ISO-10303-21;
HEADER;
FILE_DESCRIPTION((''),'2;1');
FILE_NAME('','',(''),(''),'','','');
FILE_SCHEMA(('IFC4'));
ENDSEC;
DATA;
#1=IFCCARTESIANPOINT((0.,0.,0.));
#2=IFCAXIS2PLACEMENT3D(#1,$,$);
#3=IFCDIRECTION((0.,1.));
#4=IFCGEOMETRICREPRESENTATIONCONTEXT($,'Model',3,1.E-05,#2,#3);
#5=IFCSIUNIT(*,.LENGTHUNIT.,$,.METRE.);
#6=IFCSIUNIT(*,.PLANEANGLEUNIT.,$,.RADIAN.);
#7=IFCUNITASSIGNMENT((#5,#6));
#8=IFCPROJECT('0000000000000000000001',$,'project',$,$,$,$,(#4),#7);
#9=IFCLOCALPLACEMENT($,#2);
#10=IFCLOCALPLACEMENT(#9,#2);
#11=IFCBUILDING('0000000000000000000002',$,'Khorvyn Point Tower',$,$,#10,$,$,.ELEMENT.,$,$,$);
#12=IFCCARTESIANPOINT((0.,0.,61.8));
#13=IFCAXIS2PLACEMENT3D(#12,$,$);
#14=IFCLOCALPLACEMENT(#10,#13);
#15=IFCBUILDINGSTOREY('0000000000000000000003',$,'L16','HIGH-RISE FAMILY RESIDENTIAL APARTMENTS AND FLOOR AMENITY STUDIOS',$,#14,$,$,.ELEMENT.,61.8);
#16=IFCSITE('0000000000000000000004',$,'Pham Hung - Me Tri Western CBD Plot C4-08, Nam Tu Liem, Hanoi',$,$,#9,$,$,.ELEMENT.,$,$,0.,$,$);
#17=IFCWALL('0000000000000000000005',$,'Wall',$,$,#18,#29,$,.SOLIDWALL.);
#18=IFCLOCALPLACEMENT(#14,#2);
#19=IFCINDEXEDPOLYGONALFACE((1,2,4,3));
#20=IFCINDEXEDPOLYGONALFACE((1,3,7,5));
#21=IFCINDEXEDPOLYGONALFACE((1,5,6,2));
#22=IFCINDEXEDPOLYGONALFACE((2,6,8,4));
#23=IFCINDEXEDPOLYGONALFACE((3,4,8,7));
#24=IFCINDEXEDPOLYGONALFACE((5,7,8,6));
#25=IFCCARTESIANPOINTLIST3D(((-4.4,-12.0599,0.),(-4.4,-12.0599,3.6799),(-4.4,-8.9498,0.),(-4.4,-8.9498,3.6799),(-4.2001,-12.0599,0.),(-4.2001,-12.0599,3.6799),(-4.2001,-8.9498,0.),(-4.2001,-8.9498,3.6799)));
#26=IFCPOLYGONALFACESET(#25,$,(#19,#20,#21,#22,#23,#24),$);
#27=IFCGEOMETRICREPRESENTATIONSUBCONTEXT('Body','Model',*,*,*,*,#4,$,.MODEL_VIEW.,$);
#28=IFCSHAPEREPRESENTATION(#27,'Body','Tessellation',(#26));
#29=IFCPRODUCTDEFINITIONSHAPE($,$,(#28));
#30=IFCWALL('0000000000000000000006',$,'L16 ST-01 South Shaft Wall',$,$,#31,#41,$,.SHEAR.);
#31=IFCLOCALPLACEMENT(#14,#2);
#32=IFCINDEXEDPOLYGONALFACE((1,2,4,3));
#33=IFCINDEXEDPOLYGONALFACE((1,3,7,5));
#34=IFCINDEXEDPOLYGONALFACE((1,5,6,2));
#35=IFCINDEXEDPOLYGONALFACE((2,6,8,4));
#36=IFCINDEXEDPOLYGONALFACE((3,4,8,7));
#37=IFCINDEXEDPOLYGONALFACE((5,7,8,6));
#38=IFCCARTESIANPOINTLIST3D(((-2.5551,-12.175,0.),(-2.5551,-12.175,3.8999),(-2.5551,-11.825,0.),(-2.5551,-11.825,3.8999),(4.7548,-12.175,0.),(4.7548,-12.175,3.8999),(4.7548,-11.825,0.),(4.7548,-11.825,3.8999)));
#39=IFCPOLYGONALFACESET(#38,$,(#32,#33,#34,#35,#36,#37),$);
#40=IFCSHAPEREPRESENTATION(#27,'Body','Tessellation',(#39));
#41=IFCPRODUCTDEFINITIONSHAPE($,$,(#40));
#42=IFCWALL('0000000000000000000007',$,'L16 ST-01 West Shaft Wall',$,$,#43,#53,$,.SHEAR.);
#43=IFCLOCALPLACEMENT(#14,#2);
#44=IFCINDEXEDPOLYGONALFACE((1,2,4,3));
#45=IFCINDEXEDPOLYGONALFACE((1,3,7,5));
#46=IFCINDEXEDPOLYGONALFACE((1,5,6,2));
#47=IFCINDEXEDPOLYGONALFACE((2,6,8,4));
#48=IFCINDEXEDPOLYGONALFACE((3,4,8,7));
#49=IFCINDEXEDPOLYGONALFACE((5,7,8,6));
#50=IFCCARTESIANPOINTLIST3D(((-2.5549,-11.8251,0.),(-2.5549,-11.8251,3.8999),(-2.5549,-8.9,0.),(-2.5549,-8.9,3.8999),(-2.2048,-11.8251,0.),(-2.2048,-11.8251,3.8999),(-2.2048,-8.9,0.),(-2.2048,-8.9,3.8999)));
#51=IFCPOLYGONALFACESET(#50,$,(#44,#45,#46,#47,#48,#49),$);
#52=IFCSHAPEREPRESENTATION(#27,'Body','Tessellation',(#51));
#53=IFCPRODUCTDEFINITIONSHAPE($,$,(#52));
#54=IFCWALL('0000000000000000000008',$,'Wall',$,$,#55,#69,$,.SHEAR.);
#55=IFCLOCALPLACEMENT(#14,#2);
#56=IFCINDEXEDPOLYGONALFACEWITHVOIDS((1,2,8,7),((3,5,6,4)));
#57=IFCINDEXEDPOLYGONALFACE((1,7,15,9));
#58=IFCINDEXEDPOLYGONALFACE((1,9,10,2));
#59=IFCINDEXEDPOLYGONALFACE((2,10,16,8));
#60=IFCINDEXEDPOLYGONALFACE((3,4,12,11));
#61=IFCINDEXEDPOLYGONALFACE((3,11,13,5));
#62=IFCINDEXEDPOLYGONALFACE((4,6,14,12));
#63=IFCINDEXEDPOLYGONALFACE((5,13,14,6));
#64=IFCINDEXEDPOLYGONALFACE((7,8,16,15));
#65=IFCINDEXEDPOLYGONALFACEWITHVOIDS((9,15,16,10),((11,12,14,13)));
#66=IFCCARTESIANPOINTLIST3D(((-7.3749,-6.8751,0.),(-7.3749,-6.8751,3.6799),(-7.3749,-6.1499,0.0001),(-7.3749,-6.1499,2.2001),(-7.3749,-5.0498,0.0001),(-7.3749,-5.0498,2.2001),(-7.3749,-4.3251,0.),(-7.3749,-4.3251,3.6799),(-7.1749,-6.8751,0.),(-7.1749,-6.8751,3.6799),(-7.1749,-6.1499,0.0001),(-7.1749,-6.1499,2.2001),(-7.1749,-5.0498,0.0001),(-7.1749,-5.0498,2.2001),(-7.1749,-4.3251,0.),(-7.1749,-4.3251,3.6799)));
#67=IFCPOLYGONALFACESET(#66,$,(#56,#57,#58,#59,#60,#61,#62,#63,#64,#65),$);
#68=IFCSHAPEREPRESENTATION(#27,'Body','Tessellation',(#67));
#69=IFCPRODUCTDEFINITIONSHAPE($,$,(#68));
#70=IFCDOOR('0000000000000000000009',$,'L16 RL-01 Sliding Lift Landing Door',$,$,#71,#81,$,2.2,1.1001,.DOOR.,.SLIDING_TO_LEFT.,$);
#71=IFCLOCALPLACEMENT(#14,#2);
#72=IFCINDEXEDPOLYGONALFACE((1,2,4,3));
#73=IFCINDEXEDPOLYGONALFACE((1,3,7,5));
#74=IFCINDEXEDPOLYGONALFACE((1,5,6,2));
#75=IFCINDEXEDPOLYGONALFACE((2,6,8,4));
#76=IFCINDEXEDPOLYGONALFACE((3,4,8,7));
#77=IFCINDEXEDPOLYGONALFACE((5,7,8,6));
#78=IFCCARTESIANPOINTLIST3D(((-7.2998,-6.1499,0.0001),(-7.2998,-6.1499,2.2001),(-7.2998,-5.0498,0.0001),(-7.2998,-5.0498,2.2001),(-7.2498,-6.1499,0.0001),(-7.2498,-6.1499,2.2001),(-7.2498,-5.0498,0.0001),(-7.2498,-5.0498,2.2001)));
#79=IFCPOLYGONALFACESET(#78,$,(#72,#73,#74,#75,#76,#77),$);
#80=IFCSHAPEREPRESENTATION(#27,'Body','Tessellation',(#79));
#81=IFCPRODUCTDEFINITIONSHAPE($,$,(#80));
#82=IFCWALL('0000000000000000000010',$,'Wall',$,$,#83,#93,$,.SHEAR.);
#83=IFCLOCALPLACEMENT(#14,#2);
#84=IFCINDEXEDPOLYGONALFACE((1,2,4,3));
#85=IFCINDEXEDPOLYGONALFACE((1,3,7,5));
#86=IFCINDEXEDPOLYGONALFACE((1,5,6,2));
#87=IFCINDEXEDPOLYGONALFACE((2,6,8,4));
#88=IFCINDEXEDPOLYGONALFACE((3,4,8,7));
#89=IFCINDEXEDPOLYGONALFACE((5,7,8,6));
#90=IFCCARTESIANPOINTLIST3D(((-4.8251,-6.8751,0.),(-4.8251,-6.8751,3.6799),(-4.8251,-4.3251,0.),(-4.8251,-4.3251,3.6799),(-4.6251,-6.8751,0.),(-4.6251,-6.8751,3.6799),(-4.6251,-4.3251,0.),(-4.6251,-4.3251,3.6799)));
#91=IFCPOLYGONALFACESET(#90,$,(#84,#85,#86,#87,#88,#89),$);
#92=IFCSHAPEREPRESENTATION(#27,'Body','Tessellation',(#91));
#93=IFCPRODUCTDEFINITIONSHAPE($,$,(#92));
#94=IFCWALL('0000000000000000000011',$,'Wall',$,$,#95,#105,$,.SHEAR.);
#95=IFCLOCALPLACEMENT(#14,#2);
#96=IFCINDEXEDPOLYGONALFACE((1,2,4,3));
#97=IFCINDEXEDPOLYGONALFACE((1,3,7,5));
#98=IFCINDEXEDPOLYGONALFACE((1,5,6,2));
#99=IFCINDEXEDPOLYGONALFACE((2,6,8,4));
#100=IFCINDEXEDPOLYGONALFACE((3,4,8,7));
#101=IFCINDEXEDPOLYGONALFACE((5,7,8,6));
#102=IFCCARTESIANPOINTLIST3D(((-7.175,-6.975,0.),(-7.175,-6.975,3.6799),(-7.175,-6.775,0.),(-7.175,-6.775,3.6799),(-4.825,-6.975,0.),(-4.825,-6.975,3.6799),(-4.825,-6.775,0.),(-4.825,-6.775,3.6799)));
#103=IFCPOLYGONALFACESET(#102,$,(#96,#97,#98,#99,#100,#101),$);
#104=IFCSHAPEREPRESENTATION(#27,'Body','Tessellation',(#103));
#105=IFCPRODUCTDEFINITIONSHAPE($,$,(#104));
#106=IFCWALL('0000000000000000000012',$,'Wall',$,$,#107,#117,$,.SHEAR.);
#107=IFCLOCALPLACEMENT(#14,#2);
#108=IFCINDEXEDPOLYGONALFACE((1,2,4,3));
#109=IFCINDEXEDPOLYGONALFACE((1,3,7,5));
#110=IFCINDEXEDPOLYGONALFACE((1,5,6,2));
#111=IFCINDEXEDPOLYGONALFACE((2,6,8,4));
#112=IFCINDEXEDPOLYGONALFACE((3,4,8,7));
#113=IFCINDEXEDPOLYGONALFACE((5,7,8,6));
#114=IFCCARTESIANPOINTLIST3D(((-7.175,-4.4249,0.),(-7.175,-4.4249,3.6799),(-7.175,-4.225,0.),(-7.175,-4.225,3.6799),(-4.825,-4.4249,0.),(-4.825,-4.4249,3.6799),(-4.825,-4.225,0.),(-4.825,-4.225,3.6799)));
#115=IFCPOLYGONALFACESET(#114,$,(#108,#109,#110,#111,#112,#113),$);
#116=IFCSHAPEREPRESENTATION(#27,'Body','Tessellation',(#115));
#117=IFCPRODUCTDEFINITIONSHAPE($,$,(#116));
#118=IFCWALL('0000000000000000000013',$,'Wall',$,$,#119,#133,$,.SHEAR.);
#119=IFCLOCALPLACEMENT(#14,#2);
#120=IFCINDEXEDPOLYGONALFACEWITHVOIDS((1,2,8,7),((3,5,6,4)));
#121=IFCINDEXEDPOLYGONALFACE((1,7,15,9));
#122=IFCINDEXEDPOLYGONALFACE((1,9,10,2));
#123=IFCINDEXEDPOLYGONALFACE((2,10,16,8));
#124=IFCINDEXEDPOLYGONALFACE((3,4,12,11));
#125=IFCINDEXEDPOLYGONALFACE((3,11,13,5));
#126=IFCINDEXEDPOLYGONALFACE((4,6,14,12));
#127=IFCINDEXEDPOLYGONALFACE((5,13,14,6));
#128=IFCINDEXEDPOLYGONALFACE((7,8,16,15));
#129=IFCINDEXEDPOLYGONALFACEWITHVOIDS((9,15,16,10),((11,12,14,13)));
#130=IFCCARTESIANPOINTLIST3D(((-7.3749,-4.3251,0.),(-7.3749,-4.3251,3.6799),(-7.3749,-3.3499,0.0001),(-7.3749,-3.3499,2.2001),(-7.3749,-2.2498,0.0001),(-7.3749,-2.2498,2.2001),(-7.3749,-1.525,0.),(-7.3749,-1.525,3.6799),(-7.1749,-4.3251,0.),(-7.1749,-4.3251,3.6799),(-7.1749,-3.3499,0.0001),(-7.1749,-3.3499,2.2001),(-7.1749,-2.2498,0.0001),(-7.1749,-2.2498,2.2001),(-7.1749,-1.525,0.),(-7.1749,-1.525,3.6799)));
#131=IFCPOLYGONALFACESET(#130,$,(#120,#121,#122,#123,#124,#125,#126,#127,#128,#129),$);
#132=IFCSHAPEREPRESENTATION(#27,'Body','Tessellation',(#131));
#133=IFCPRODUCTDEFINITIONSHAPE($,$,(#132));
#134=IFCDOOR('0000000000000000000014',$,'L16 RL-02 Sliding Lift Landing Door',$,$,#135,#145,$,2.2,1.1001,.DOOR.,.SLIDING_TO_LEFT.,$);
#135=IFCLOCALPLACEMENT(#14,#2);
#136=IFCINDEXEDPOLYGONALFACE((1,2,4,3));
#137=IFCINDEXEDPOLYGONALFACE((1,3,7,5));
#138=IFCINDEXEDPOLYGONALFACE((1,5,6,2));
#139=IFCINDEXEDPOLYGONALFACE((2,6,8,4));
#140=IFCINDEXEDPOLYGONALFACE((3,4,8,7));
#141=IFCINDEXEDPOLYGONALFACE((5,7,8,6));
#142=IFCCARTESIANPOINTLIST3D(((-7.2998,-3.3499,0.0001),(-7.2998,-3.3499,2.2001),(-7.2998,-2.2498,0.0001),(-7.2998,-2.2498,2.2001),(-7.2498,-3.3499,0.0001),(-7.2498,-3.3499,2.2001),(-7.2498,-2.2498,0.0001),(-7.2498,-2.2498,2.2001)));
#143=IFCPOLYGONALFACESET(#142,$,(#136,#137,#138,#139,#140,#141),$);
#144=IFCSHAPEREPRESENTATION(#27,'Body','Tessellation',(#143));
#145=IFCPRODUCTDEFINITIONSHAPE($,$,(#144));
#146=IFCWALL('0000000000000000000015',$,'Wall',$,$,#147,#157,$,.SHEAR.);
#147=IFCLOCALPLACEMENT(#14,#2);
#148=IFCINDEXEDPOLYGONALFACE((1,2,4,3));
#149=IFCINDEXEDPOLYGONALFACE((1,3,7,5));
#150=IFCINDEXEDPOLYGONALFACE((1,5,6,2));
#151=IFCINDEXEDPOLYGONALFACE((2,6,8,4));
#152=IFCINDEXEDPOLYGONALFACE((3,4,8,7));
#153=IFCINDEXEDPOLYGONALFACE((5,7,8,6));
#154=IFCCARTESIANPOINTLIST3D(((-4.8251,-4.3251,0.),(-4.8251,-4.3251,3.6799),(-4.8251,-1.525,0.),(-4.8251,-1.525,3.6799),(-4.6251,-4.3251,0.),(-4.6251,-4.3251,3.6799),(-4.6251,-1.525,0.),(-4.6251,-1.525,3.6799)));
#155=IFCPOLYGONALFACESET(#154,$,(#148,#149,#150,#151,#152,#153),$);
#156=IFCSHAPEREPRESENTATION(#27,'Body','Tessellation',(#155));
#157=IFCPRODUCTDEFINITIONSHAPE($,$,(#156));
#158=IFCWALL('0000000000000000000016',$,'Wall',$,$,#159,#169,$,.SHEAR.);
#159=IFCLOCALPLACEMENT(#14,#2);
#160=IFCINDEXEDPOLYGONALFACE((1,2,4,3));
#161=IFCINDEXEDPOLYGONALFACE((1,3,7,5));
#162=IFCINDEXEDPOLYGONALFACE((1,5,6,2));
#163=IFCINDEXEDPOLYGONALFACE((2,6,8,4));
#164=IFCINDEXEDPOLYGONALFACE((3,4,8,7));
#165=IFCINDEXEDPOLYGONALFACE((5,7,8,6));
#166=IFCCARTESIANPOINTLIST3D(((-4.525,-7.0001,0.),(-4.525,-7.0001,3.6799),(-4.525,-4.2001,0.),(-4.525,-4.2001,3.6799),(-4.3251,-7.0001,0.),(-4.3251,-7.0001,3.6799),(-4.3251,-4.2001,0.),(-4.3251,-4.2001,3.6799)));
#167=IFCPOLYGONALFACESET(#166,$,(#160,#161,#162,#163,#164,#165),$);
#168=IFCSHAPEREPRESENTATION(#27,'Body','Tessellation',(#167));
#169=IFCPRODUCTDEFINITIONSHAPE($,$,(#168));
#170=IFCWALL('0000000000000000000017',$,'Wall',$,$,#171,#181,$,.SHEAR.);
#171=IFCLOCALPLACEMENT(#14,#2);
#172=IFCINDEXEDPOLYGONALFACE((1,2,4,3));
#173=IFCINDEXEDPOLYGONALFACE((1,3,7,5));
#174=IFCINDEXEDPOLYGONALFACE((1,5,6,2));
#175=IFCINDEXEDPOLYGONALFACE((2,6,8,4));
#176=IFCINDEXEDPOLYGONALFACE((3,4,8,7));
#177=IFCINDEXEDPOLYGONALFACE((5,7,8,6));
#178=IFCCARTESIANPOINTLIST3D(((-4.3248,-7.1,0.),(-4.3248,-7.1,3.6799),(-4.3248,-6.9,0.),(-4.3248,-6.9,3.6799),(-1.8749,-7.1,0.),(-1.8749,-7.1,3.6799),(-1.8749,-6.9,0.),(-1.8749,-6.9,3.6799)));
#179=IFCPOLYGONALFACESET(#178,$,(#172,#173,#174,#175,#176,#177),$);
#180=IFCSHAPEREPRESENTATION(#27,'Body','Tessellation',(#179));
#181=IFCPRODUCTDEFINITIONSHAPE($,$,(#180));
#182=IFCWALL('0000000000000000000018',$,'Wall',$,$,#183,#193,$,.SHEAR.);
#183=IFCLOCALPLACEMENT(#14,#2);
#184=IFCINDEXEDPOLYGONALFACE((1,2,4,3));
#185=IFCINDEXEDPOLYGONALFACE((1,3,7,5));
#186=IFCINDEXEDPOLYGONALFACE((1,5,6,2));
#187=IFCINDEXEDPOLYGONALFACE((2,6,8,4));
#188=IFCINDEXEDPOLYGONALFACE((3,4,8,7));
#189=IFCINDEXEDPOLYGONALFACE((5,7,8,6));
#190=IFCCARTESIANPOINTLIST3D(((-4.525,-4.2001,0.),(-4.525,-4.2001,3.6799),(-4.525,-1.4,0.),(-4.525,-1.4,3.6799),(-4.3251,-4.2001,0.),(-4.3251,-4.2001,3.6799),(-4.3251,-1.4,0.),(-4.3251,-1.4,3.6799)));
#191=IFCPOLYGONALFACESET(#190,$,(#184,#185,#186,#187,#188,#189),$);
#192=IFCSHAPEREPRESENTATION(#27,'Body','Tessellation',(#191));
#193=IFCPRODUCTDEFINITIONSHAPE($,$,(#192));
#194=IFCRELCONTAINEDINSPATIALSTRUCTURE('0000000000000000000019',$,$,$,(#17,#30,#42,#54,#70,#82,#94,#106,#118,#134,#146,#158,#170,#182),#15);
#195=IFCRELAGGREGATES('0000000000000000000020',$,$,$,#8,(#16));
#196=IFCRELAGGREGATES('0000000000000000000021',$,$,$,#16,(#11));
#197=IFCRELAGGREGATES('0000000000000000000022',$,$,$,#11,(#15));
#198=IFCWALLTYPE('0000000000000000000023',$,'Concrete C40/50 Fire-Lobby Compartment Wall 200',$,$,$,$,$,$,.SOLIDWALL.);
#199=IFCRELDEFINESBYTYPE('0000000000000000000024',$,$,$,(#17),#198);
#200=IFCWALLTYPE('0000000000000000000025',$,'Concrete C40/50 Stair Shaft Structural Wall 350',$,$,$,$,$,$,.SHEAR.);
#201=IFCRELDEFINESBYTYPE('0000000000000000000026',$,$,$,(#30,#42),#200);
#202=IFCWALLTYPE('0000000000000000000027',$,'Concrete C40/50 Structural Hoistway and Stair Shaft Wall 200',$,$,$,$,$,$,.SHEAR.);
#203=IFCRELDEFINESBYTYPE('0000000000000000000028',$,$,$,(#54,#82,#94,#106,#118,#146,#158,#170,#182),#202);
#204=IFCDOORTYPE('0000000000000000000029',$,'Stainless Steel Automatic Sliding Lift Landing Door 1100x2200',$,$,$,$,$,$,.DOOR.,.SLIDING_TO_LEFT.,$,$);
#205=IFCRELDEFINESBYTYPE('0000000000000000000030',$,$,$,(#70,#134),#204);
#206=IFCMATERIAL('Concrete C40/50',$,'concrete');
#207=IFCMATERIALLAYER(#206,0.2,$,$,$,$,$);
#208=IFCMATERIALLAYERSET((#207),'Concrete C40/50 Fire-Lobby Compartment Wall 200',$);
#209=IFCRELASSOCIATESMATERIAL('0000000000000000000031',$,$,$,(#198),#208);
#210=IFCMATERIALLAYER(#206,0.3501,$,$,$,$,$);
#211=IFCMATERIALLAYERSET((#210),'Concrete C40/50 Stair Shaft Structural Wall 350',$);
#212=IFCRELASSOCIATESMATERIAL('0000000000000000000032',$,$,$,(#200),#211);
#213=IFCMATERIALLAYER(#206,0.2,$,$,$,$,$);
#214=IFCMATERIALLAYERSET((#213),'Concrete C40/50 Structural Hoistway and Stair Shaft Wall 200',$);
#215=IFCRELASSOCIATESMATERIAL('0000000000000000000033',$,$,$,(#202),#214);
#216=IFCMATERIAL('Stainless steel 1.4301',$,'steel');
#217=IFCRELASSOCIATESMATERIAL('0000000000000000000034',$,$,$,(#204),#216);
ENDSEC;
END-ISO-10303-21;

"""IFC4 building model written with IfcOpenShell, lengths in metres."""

from ifc_helpers import new_model, si_unit, direction, frame, frame_2d, origin, place, context, subcontext, project, spatial, rectangle, extrude, material, layer, layer_set, type_object, element, fill, save


model = new_model("IFC4")

# Units and contexts
model_context = context("Model", 3, precision=1e-05, world=origin(), true_north=direction((0.0, 1.0)))
body_context = subcontext(model_context, "Body", "Model", "MODEL_VIEW")
ifc_project = project(units=[si_unit("LENGTHUNIT", "METRE"), si_unit("PLANEANGLEUNIT", "RADIAN")], contexts=[model_context])

# Site, building, storey
site_placement = place(None, origin())
site = spatial("IfcSite", under=ifc_project, at=site_placement, Name="Pham Hung - Me Tri Western CBD Plot C4-08, Nam Tu Liem, Hanoi", CompositionType="ELEMENT", RefElevation=0.0)
building_placement = place(site_placement, origin())
building = spatial("IfcBuilding", under=site, at=building_placement, Name="Khorvyn Point Tower", CompositionType="ELEMENT")
storey_placement = place(building_placement, frame((0.0, 0.0, 61.8)))
storey = spatial("IfcBuildingStorey", under=building, at=storey_placement, Name="L16", Description="HIGH-RISE FAMILY RESIDENTIAL APARTMENTS AND FLOOR AMENITY STUDIOS", CompositionType="ELEMENT", Elevation=61.8)

# Shared definitions
ifc_material_1 = material(Name="Concrete C40/50", Category="concrete")

# Shared definitions
ifc_layer_1 = layer(ifc_material_1, 0.2)
ifc_layer_set_1 = layer_set([ifc_layer_1], Name="Concrete C40/50 Fire-Lobby Compartment Wall 200")
wall_type_1 = type_object("IfcWallType", Name="Concrete C40/50 Fire-Lobby Compartment Wall 200", PredefinedType="SOLIDWALL", material=ifc_layer_set_1)

# Walls
wall_1_placement = place(storey_placement, frame((-4.3, -12.0601, 0.0), z_axis=(0.0, 0.0, 1.0), x_axis=(0.0, 1.0, 0.0)))
element("IfcWall", 1, at=wall_1_placement, inside=storey, type_object=wall_type_1, Name="Wall", PredefinedType="SOLIDWALL", context=body_context, shape_type="SweptSolid", body=[
    extrude(rectangle(XDim=3.1101, YDim=0.2, at=frame_2d((1.5552, 0.0))), origin(), (0.0, 0.0, 1.0), 3.6799),
])
ifc_layer_2 = layer(ifc_material_1, 0.3501)
ifc_layer_set_2 = layer_set([ifc_layer_2], Name="Concrete C40/50 Stair Shaft Structural Wall 350")
wall_type_2 = type_object("IfcWallType", Name="Concrete C40/50 Stair Shaft Structural Wall 350", PredefinedType="SHEAR", material=ifc_layer_set_2)
wall_2_placement = place(storey_placement, frame((-2.5549, -12.0, 0.0), z_axis=(0.0, 0.0, 1.0), x_axis=(1.0, 0.0, 0.0)))
element("IfcWall", 2, at=wall_2_placement, inside=storey, type_object=wall_type_2, Name="L16 ST-01 South Shaft Wall", PredefinedType="SHEAR", context=body_context, shape_type="SweptSolid", body=[
    extrude(rectangle(XDim=7.3098, YDim=0.3501, at=frame_2d((3.6548, 0.0))), origin(), (0.0, 0.0, 1.0), 3.8999),
])
wall_3_placement = place(storey_placement, frame((-2.3799, -11.825, 0.0), z_axis=(0.0, 0.0, 1.0), x_axis=(0.0, 1.0, 0.0)))
element("IfcWall", 3, at=wall_3_placement, inside=storey, type_object=wall_type_2, Name="L16 ST-01 West Shaft Wall", PredefinedType="SHEAR", context=body_context, shape_type="SweptSolid", body=[
    extrude(rectangle(XDim=2.925, YDim=0.3501, at=frame_2d((1.4624, 0.0))), origin(), (0.0, 0.0, 1.0), 3.8999),
])

# Wall, opening, door
ifc_layer_3 = layer(ifc_material_1, 0.2)
ifc_layer_set_3 = layer_set([ifc_layer_3], Name="Concrete C40/50 Structural Hoistway and Stair Shaft Wall 200")
wall_type_3 = type_object("IfcWallType", Name="Concrete C40/50 Structural Hoistway and Stair Shaft Wall 200", PredefinedType="SHEAR", material=ifc_layer_set_3)
wall_4_placement = place(storey_placement, frame((-7.2749, -6.875, 0.0), z_axis=(0.0, 0.0, 1.0), x_axis=(0.0, 1.0, 0.0)))
wall_4 = element("IfcWall", 4, at=wall_4_placement, inside=storey, type_object=wall_type_3, Name="Wall", PredefinedType="SHEAR", context=body_context, shape_type="SweptSolid", body=[
    extrude(rectangle(XDim=2.55, YDim=0.2, at=frame_2d((1.2749, 0.0))), origin(), (0.0, 0.0, 1.0), 3.6799),
])
opening_1_placement = place(wall_4_placement, frame((0.7251, 0.0, 0.0)))
opening_1 = element("IfcOpeningElement", 5, at=opening_1_placement, cuts=wall_4, PredefinedType="OPENING", context=body_context, shape_type="SweptSolid", body=[
    extrude(rectangle(XDim=1.1001, YDim=2.2, at=frame_2d((0.55, 1.1001))), frame((0.0, 0.1099, 0.0), z_axis=(0.0, -1.0, 0.0), x_axis=(1.0, 0.0, 0.0)), (0.0, 0.0, 1.0), 0.22),
])
ifc_material_2 = material(Name="Stainless steel 1.4301", Category="steel")
door_type_1 = type_object("IfcDoorType", Name="Stainless Steel Automatic Sliding Lift Landing Door 1100x2200", OperationType="SLIDING_TO_LEFT", PredefinedType="DOOR", material=ifc_material_2)
door_1_placement = place(opening_1_placement, origin())
door_1 = element("IfcDoor", 6, at=door_1_placement, inside=storey, type_object=door_type_1, Name="L16 RL-01 Sliding Lift Landing Door", OperationType="SLIDING_TO_LEFT", OverallHeight=2.2, OverallWidth=1.1001, PredefinedType="DOOR", context=body_context, shape_type="SweptSolid", body=[
    extrude(rectangle(XDim=1.1001, YDim=2.2, at=frame_2d((0.55, 1.1001))), frame((0.0, 0.0249, 0.0), z_axis=(0.0, -1.0, 0.0), x_axis=(1.0, 0.0, 0.0)), (0.0, 0.0, 1.0), 0.05),
])
fill(opening_1, door_1)

# Walls
wall_5_placement = place(storey_placement, frame((-4.7251, -6.875, 0.0), z_axis=(0.0, 0.0, 1.0), x_axis=(0.0, 1.0, 0.0)))
element("IfcWall", 7, at=wall_5_placement, inside=storey, type_object=wall_type_3, Name="Wall", PredefinedType="SHEAR", context=body_context, shape_type="SweptSolid", body=[
    extrude(rectangle(XDim=2.55, YDim=0.2, at=frame_2d((1.2749, 0.0))), origin(), (0.0, 0.0, 1.0), 3.6799),
])
for number, where, z_axis, x_axis, name in (
    (8, (-7.175, -6.875, 0.0), (0.0, 0.0, 1.0), (1.0, 0.0, 0.0), "Wall"),
    (9, (-7.175, -4.325, 0.0), (0.0, 0.0, 1.0), (1.0, 0.0, 0.0), "Wall"),
):
    element("IfcWall", number, at=place(storey_placement, frame(where, z_axis=z_axis, x_axis=x_axis)), inside=storey, type_object=wall_type_3, Name=name, PredefinedType="SHEAR", context=body_context, shape_type="SweptSolid", body=[
        extrude(rectangle(XDim=2.3501, YDim=0.2, at=frame_2d((1.175, 0.0))), origin(), (0.0, 0.0, 1.0), 3.6799),
    ])

# Wall, opening, door
wall_6_placement = place(storey_placement, frame((-7.2749, -4.325, 0.0), z_axis=(0.0, 0.0, 1.0), x_axis=(0.0, 1.0, 0.0)))
wall_6 = element("IfcWall", 10, at=wall_6_placement, inside=storey, type_object=wall_type_3, Name="Wall", PredefinedType="SHEAR", context=body_context, shape_type="SweptSolid", body=[
    extrude(rectangle(XDim=2.8, YDim=0.2, at=frame_2d((1.3999, 0.0))), origin(), (0.0, 0.0, 1.0), 3.6799),
])
opening_2_placement = place(wall_6_placement, frame((0.9751, 0.0, 0.0)))
opening_2 = element("IfcOpeningElement", 11, at=opening_2_placement, cuts=wall_6, PredefinedType="OPENING", context=body_context, shape_type="SweptSolid", body=[
    extrude(rectangle(XDim=1.1001, YDim=2.2, at=frame_2d((0.55, 1.1001))), frame((0.0, 0.1099, 0.0), z_axis=(0.0, -1.0, 0.0), x_axis=(1.0, 0.0, 0.0)), (0.0, 0.0, 1.0), 0.22),
])
door_2_placement = place(opening_2_placement, origin())
door_2 = element("IfcDoor", 12, at=door_2_placement, inside=storey, type_object=door_type_1, Name="L16 RL-02 Sliding Lift Landing Door", OperationType="SLIDING_TO_LEFT", OverallHeight=2.2, OverallWidth=1.1001, PredefinedType="DOOR", context=body_context, shape_type="SweptSolid", body=[
    extrude(rectangle(XDim=1.1001, YDim=2.2, at=frame_2d((0.55, 1.1001))), frame((0.0, 0.0249, 0.0), z_axis=(0.0, -1.0, 0.0), x_axis=(1.0, 0.0, 0.0)), (0.0, 0.0, 1.0), 0.05),
])
fill(opening_2, door_2)

# Walls
for number, where, z_axis, x_axis, name in (
    (13, (-4.7251, -4.325, 0.0), (0.0, 0.0, 1.0), (0.0, 1.0, 0.0), "Wall"),
    (14, (-4.425, -7.0, 0.0), (0.0, 0.0, 1.0), (0.0, 1.0, 0.0), "Wall"),
):
    element("IfcWall", number, at=place(storey_placement, frame(where, z_axis=z_axis, x_axis=x_axis)), inside=storey, type_object=wall_type_3, Name=name, PredefinedType="SHEAR", context=body_context, shape_type="SweptSolid", body=[
        extrude(rectangle(XDim=2.8, YDim=0.2, at=frame_2d((1.3999, 0.0))), origin(), (0.0, 0.0, 1.0), 3.6799),
    ])
wall_7_placement = place(storey_placement, frame((-4.325, -7.0, 0.0), z_axis=(0.0, 0.0, 1.0), x_axis=(1.0, 0.0, 0.0)))
element("IfcWall", 15, at=wall_7_placement, inside=storey, type_object=wall_type_3, Name="Wall", PredefinedType="SHEAR", context=body_context, shape_type="SweptSolid", body=[
    extrude(rectangle(XDim=2.45, YDim=0.2, at=frame_2d((1.2251, 0.0))), origin(), (0.0, 0.0, 1.0), 3.6799),
])
wall_8_placement = place(storey_placement, frame((-4.425, -4.2, 0.0), z_axis=(0.0, 0.0, 1.0), x_axis=(0.0, 1.0, 0.0)))
element("IfcWall", 16, at=wall_8_placement, inside=storey, type_object=wall_type_3, Name="Wall", PredefinedType="SHEAR", context=body_context, shape_type="SweptSolid", body=[
    extrude(rectangle(XDim=2.8, YDim=0.2, at=frame_2d((1.3999, 0.0))), origin(), (0.0, 0.0, 1.0), 3.6799),
])

save(model, "model.ifc")
